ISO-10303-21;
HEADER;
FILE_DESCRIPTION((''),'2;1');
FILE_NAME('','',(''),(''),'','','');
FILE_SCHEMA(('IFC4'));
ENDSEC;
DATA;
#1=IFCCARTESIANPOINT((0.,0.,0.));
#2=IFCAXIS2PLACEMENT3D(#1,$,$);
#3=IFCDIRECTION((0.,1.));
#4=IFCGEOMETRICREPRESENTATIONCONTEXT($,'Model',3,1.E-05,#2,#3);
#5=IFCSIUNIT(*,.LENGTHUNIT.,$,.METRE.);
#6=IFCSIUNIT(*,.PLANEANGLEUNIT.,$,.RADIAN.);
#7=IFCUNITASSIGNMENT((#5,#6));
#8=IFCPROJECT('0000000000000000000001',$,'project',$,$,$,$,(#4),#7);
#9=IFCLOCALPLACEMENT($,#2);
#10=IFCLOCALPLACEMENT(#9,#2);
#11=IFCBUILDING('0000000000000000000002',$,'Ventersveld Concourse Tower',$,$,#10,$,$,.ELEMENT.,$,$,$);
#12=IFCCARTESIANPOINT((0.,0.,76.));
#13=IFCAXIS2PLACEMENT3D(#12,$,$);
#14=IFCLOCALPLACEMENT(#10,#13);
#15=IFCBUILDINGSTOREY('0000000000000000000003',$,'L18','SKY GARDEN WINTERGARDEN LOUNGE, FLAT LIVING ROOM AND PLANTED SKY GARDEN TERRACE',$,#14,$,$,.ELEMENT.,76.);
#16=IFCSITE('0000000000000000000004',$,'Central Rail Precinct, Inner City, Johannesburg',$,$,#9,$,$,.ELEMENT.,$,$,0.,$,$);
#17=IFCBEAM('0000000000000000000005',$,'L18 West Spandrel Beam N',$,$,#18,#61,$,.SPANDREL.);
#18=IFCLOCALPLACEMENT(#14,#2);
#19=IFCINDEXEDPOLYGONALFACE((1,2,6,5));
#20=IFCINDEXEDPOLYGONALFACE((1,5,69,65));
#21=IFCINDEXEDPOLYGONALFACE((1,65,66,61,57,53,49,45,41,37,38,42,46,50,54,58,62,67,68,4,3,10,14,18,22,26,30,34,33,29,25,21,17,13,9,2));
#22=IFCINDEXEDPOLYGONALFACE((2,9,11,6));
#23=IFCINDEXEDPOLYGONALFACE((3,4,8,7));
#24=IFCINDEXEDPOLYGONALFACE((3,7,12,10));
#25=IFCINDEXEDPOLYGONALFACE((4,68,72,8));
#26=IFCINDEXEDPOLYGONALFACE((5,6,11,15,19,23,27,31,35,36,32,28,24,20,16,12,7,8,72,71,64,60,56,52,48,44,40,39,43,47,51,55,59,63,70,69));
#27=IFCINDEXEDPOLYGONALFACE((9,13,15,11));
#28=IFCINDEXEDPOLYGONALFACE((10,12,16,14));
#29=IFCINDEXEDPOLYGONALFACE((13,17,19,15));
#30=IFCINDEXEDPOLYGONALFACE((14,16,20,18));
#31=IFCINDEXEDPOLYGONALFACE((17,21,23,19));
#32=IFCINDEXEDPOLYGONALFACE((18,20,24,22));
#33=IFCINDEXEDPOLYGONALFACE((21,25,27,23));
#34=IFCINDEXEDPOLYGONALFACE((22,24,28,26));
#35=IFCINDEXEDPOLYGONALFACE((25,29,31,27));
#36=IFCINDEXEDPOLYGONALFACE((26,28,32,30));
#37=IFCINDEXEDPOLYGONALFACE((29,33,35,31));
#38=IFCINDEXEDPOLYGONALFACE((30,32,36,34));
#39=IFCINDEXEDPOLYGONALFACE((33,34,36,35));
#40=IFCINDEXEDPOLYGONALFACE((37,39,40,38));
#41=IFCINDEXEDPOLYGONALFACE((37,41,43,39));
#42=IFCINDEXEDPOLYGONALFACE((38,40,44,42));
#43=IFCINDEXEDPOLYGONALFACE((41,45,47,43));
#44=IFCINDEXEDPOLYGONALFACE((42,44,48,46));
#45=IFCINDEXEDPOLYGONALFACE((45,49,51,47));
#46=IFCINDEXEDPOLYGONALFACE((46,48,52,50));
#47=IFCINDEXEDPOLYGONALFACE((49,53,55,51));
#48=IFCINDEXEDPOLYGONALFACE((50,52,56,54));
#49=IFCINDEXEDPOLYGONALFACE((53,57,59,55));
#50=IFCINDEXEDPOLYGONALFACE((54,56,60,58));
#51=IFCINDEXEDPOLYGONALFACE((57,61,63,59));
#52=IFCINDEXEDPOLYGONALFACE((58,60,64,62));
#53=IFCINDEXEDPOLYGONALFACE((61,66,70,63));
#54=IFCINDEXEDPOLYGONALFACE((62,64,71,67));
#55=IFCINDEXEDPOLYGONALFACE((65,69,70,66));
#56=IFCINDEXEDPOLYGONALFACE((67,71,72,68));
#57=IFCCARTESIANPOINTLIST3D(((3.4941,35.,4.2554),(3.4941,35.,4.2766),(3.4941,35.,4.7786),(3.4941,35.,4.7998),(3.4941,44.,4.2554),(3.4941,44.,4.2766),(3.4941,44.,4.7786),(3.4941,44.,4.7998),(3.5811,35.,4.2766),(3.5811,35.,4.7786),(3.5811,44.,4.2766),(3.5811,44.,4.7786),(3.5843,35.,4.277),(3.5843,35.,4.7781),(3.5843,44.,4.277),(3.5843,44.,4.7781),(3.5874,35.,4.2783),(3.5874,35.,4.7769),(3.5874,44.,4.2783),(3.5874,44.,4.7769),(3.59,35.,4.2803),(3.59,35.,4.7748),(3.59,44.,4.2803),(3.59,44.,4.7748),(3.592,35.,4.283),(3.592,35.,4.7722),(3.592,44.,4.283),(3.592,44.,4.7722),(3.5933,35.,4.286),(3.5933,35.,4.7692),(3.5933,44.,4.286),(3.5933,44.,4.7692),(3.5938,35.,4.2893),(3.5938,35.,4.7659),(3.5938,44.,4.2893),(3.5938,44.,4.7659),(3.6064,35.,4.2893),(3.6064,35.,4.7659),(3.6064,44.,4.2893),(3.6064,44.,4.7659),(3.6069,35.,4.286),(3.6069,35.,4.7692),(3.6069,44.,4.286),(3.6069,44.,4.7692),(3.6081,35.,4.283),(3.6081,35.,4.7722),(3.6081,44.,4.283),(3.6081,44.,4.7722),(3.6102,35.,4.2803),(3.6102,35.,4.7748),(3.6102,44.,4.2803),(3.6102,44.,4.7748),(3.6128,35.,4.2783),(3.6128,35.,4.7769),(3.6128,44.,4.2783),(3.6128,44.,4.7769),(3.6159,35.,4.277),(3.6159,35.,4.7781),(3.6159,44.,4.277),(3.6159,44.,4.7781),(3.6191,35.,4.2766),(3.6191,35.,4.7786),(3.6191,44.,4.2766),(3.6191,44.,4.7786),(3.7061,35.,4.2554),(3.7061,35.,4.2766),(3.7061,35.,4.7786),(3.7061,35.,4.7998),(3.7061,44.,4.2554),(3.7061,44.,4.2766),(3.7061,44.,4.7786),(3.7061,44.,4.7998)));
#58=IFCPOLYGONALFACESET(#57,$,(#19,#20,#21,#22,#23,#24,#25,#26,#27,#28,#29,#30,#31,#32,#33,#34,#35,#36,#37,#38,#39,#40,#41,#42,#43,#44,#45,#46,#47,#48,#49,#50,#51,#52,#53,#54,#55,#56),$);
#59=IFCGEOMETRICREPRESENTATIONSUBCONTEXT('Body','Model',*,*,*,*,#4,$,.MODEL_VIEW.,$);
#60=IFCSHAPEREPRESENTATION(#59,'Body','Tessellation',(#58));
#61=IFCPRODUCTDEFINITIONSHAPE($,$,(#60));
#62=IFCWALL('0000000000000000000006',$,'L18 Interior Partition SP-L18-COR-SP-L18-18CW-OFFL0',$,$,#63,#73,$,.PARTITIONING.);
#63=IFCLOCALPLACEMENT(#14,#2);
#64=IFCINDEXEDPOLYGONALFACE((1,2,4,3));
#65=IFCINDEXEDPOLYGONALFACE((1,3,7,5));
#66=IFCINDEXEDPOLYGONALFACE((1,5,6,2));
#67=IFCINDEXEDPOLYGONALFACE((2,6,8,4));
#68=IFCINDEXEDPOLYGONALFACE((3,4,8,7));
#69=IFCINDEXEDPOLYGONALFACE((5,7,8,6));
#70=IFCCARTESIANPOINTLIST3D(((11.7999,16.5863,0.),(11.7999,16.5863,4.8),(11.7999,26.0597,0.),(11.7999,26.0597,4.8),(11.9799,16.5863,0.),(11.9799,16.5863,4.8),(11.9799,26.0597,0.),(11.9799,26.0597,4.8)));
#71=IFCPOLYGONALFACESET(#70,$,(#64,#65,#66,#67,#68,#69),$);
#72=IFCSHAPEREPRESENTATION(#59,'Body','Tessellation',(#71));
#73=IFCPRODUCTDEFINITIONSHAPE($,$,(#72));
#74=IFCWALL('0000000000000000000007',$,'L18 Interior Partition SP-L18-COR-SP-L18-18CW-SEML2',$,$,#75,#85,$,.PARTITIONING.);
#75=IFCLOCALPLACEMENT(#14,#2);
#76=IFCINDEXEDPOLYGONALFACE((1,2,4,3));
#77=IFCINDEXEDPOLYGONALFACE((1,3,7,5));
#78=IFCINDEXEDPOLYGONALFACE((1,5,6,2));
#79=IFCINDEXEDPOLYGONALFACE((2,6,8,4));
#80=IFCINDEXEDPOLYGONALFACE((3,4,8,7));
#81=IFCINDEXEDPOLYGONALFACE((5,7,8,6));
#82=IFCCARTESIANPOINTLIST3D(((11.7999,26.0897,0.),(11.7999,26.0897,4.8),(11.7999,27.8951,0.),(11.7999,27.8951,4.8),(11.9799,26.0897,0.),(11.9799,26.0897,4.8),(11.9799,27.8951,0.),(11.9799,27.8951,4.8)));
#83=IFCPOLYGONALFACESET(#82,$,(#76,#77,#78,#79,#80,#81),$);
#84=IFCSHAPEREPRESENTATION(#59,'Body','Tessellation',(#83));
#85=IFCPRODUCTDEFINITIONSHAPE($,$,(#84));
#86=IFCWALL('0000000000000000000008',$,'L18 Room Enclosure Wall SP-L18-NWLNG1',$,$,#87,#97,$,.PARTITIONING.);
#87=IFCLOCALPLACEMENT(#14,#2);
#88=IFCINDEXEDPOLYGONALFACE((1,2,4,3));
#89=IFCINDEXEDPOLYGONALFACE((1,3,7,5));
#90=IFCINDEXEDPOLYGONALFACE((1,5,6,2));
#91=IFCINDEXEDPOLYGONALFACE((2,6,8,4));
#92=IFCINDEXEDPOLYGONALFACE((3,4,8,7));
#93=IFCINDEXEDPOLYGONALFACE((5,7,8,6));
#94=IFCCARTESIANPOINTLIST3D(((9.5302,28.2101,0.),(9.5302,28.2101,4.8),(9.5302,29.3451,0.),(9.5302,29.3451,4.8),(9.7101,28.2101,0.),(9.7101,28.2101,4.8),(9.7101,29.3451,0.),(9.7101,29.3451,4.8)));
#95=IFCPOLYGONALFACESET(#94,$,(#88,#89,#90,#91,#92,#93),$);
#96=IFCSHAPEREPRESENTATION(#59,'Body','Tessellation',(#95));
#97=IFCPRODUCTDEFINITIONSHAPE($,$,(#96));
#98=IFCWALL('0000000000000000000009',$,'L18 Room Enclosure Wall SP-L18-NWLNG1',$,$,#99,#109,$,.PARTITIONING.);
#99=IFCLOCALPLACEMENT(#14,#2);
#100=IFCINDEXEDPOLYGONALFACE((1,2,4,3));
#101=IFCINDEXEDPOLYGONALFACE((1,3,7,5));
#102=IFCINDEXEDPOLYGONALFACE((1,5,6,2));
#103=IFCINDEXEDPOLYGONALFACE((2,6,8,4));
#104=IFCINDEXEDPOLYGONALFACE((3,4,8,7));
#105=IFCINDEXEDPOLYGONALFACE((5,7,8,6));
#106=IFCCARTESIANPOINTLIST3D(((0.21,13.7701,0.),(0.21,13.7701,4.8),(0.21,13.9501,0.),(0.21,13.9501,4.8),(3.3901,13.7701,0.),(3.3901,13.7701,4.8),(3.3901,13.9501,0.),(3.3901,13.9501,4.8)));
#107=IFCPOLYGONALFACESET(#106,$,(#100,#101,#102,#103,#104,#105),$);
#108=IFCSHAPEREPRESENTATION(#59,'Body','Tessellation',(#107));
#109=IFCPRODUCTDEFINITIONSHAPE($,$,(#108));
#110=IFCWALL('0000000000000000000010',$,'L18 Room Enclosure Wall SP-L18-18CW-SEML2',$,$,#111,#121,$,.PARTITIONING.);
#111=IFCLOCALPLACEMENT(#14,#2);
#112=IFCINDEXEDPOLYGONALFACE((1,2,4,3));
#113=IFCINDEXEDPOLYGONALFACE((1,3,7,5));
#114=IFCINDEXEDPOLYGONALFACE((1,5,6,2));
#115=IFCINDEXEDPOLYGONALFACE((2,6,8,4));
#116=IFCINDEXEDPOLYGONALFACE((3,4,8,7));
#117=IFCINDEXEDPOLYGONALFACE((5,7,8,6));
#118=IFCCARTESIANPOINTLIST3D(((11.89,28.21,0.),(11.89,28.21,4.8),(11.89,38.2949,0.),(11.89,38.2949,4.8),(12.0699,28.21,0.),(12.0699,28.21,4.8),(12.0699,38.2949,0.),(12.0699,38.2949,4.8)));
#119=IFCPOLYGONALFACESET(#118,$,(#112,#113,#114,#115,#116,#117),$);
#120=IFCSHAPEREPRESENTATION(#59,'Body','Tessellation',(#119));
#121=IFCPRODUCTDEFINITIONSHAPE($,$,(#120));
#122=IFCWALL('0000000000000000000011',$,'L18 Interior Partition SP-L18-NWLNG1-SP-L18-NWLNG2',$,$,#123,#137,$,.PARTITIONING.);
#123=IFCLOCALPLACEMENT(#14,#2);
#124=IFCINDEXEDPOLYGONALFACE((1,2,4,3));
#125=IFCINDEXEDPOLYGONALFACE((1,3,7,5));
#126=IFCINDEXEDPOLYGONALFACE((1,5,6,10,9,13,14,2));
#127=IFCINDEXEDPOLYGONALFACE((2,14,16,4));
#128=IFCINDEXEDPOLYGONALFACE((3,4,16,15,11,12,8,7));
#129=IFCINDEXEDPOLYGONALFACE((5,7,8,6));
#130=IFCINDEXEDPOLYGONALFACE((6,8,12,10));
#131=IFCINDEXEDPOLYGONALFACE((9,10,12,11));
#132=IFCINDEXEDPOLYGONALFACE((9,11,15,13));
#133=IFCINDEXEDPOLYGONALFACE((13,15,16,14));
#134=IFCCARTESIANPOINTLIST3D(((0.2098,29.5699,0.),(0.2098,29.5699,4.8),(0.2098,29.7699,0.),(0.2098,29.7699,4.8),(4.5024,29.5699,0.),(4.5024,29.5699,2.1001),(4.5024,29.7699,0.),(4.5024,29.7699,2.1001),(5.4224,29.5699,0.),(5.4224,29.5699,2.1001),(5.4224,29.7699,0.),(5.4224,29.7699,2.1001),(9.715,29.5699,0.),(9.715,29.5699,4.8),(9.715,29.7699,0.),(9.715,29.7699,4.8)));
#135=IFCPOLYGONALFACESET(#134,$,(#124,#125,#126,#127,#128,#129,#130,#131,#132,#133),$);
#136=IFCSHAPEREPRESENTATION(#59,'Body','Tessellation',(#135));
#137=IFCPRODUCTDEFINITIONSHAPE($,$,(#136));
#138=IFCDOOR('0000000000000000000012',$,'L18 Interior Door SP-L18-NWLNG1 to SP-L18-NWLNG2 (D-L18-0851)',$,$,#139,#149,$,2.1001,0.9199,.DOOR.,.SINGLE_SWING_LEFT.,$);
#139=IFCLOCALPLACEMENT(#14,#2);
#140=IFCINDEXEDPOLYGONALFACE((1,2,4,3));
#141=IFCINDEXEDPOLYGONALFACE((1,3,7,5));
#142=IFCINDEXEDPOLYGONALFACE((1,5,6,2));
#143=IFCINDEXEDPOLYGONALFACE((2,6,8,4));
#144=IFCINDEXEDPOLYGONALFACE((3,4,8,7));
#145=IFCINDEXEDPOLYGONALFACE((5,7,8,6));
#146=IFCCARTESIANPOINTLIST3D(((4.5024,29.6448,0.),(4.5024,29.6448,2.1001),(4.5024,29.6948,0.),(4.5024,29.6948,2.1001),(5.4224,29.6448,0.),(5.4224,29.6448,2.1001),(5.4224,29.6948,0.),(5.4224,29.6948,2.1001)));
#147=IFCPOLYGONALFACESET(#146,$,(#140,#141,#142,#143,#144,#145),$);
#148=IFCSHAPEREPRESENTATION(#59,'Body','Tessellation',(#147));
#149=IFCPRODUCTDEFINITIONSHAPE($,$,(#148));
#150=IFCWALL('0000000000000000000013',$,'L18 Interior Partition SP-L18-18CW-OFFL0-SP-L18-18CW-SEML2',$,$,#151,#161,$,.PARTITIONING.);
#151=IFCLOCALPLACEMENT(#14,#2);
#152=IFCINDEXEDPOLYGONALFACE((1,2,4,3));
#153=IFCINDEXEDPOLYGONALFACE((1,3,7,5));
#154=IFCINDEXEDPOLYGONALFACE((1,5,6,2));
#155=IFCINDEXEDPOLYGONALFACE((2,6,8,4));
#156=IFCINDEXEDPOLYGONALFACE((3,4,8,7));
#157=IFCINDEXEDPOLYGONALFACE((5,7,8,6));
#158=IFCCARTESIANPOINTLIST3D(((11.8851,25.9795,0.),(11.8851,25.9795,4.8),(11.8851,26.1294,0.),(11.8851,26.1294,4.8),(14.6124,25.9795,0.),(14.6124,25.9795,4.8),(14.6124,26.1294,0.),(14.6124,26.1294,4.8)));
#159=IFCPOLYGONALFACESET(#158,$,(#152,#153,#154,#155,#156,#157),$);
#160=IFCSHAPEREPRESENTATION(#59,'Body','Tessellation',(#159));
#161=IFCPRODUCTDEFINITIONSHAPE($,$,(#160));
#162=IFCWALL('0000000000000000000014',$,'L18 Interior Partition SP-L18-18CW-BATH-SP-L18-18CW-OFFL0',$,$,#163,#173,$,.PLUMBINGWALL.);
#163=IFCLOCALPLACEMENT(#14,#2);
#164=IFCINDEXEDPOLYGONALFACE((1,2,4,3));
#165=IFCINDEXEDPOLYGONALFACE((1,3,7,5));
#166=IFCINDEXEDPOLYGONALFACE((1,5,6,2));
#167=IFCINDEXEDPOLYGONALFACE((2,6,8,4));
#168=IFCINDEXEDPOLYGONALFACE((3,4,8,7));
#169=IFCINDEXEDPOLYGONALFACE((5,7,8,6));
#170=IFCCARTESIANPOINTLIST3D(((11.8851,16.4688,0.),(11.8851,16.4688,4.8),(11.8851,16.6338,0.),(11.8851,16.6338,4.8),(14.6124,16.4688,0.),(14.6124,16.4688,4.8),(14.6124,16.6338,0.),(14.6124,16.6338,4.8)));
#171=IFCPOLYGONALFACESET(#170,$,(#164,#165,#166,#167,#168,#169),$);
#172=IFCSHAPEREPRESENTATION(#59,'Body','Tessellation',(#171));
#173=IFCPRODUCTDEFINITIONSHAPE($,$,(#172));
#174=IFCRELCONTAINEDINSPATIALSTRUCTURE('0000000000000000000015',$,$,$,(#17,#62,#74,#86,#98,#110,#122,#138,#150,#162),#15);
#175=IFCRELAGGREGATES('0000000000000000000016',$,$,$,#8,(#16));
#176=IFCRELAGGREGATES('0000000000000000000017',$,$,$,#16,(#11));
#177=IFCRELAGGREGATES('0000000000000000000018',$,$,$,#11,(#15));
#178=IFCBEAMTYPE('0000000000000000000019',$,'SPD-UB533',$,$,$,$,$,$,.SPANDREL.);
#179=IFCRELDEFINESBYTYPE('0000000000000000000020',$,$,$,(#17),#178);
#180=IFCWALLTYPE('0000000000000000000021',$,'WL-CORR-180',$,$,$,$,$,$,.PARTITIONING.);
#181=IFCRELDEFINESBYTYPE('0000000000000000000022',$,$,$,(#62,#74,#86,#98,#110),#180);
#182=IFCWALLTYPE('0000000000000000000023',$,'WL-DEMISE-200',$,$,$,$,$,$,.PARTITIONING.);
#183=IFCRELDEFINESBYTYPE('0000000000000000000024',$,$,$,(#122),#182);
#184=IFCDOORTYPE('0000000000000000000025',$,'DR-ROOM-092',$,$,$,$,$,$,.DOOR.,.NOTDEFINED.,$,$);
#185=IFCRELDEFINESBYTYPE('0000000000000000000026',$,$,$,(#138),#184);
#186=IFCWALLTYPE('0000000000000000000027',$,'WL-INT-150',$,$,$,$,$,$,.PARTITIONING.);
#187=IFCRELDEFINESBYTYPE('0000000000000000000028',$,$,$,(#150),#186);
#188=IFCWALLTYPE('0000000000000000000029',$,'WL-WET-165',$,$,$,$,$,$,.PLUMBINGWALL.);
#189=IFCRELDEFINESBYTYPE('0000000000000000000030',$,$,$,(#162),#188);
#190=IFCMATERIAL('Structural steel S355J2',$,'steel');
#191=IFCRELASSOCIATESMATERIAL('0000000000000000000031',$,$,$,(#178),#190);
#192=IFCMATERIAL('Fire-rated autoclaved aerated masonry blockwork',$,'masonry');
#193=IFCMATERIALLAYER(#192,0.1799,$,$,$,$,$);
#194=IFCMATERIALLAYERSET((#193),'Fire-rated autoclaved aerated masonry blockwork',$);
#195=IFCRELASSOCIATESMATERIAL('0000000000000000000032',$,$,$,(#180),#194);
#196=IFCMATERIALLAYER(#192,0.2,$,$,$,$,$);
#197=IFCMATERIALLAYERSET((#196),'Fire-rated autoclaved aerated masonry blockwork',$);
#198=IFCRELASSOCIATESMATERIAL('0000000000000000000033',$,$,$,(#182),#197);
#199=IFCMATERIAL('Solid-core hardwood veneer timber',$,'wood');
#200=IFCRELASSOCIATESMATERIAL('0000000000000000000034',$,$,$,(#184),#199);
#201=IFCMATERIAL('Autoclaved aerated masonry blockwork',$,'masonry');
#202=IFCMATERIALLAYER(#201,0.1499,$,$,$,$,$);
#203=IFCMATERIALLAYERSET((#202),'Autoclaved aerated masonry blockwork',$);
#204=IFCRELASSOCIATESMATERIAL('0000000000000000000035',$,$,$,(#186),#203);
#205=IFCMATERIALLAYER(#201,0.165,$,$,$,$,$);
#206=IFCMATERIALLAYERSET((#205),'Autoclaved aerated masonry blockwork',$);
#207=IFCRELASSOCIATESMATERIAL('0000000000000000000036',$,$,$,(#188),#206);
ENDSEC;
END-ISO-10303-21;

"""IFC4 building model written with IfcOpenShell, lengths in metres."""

from ifc_helpers import new_model, si_unit, direction, frame, frame_2d, origin, origin_2d, place, context, subcontext, project, spatial, rectangle, i_section, extrude, material, layer, layer_set, material_profile, profile_set, type_object, element, fill, save


model = new_model("IFC4")

# Units and contexts
model_context = context("Model", 3, precision=1e-05, world=origin(), true_north=direction((0.0, 1.0)))
body_context = subcontext(model_context, "Body", "Model", "MODEL_VIEW")
ifc_project = project(units=[si_unit("LENGTHUNIT", "METRE"), si_unit("PLANEANGLEUNIT", "RADIAN")], contexts=[model_context])

# Site, building, storey
site_placement = place(None, origin())
site = spatial("IfcSite", under=ifc_project, at=site_placement, Name="Central Rail Precinct, Inner City, Johannesburg", CompositionType="ELEMENT", RefElevation=0.0)
building_placement = place(site_placement, origin())
building = spatial("IfcBuilding", under=site, at=building_placement, Name="Ventersveld Concourse Tower", CompositionType="ELEMENT")
storey_placement = place(building_placement, frame((0.0, 0.0, 76.0)))
storey = spatial("IfcBuildingStorey", under=building, at=storey_placement, Name="L18", Description="SKY GARDEN WINTERGARDEN LOUNGE, FLAT LIVING ROOM AND PLANTED SKY GARDEN TERRACE", CompositionType="ELEMENT", Elevation=76.0)

# Beam
ifc_material_1 = material(Name="Structural steel S355J2", Category="steel")
ifc_material_profile_1 = material_profile(ifc_material_1, i_section(OverallWidth=0.2119, OverallDepth=0.5444, WebThickness=0.0127, FlangeThickness=0.0212, FilletRadius=0.0127, at=origin_2d()), Name="UB 533x210x122")
ifc_profile_set_1 = profile_set([ifc_material_profile_1], Name="Structural steel S355J2")
beam_type_1 = type_object("IfcBeamType", Name="SPD-UB533", PredefinedType="SPANDREL", material=ifc_profile_set_1)
beam_1_placement = place(storey_placement, frame((3.6001, 35.0, 4.5276), z_axis=(0.0, 1.0, 0.0), x_axis=(-1.0, 0.0, 0.0)))
element("IfcBeam", 1, at=beam_1_placement, inside=storey, type_object=beam_type_1, Name="L18 West Spandrel Beam N", PredefinedType="SPANDREL", context=body_context, shape_type="SweptSolid", body=[
    extrude(i_section(OverallWidth=0.2119, OverallDepth=0.5444, WebThickness=0.0127, FlangeThickness=0.0212, FilletRadius=0.0127, at=origin_2d()), origin(), (0.0, 0.0, 1.0), 9.0),
])

# Walls
ifc_material_2 = material(Name="Fire-rated autoclaved aerated masonry blockwork", Category="masonry")
ifc_layer_1 = layer(ifc_material_2, 0.1799)
ifc_layer_set_1 = layer_set([ifc_layer_1], Name="Fire-rated autoclaved aerated masonry blockwork")
wall_type_1 = type_object("IfcWallType", Name="WL-CORR-180", PredefinedType="PARTITIONING", material=ifc_layer_set_1)
wall_1_placement = place(storey_placement, frame((11.8899, 16.5862, 0.0), z_axis=(0.0, 0.0, 1.0), x_axis=(0.0, 1.0, 0.0)))
element("IfcWall", 2, at=wall_1_placement, inside=storey, type_object=wall_type_1, Name="L18 Interior Partition SP-L18-COR-SP-L18-18CW-OFFL0", PredefinedType="PARTITIONING", context=body_context, shape_type="SweptSolid", body=[
    extrude(rectangle(XDim=9.4734, YDim=0.1799, at=frame_2d((4.7368, 0.0))), origin(), (0.0, 0.0, 1.0), 4.8),
])
wall_2_placement = place(storey_placement, frame((11.8899, 26.0896, 0.0), z_axis=(0.0, 0.0, 1.0), x_axis=(0.0, 1.0, 0.0)))
element("IfcWall", 3, at=wall_2_placement, inside=storey, type_object=wall_type_1, Name="L18 Interior Partition SP-L18-COR-SP-L18-18CW-SEML2", PredefinedType="PARTITIONING", context=body_context, shape_type="SweptSolid", body=[
    extrude(rectangle(XDim=1.8054, YDim=0.1799, at=frame_2d((0.9028, 0.0))), origin(), (0.0, 0.0, 1.0), 4.8),
])
wall_3_placement = place(storey_placement, frame((9.6201, 29.345, 0.0), z_axis=(0.0, 0.0, 1.0), x_axis=(0.0, -1.0, 0.0)))
element("IfcWall", 4, at=wall_3_placement, inside=storey, type_object=wall_type_1, Name="L18 Room Enclosure Wall SP-L18-NWLNG1", PredefinedType="PARTITIONING", context=body_context, shape_type="SweptSolid", body=[
    extrude(rectangle(XDim=1.135, YDim=0.1799, at=frame_2d((0.5674, 0.0))), origin(), (0.0, 0.0, 1.0), 4.8),
])
wall_4_placement = place(storey_placement, frame((3.3901, 13.8601, 0.0), z_axis=(0.0, 0.0, 1.0), x_axis=(-1.0, 0.0, 0.0)))
element("IfcWall", 5, at=wall_4_placement, inside=storey, type_object=wall_type_1, Name="L18 Room Enclosure Wall SP-L18-NWLNG1", PredefinedType="PARTITIONING", context=body_context, shape_type="SweptSolid", body=[
    extrude(rectangle(XDim=3.1802, YDim=0.1799, at=frame_2d((1.5901, 0.0))), origin(), (0.0, 0.0, 1.0), 4.8),
])
wall_5_placement = place(storey_placement, frame((11.98, 28.21, 0.0), z_axis=(0.0, 0.0, 1.0), x_axis=(0.0, 1.0, 0.0)))
element("IfcWall", 6, at=wall_5_placement, inside=storey, type_object=wall_type_1, Name="L18 Room Enclosure Wall SP-L18-18CW-SEML2", PredefinedType="PARTITIONING", context=body_context, shape_type="SweptSolid", body=[
    extrude(rectangle(XDim=10.085, YDim=0.1799, at=frame_2d((5.0425, 0.0))), origin(), (0.0, 0.0, 1.0), 4.8),
])

# Wall, opening, door
ifc_layer_2 = layer(ifc_material_2, 0.2)
ifc_layer_set_2 = layer_set([ifc_layer_2], Name="Fire-rated autoclaved aerated masonry blockwork")
wall_type_2 = type_object("IfcWallType", Name="WL-DEMISE-200", PredefinedType="PARTITIONING", material=ifc_layer_set_2)
wall_6_placement = place(storey_placement, frame((0.21, 29.6699, 0.0), z_axis=(0.0, 0.0, 1.0), x_axis=(1.0, 0.0, 0.0)))
wall_6 = element("IfcWall", 7, at=wall_6_placement, inside=storey, type_object=wall_type_2, Name="L18 Interior Partition SP-L18-NWLNG1-SP-L18-NWLNG2", PredefinedType="PARTITIONING", context=body_context, shape_type="SweptSolid", body=[
    extrude(rectangle(XDim=9.5051, YDim=0.2, at=frame_2d((4.7524, 0.0))), origin(), (0.0, 0.0, 1.0), 4.8),
])
opening_placement = place(wall_6_placement, frame((4.2925, 0.0, 0.0)))
opening = element("IfcOpeningElement", 8, at=opening_placement, cuts=wall_6, PredefinedType="OPENING", context=body_context, shape_type="SweptSolid", body=[
    extrude(rectangle(XDim=0.9199, YDim=2.1001, at=frame_2d((0.46, 1.05))), frame((0.0, 0.1099, 0.0), z_axis=(0.0, -1.0, 0.0), x_axis=(1.0, 0.0, 0.0)), (0.0, 0.0, 1.0), 0.22),
])
ifc_material_3 = material(Name="Solid-core hardwood veneer timber", Category="wood")
door_type = type_object("IfcDoorType", Name="DR-ROOM-092", OperationType="NOTDEFINED", PredefinedType="DOOR", material=ifc_material_3)
door_placement = place(opening_placement, origin())
door = element("IfcDoor", 9, at=door_placement, inside=storey, type_object=door_type, Name="L18 Interior Door SP-L18-NWLNG1 to SP-L18-NWLNG2 (D-L18-0851)", OperationType="SINGLE_SWING_LEFT", OverallHeight=2.1001, OverallWidth=0.9199, PredefinedType="DOOR", context=body_context, shape_type="SweptSolid", body=[
    extrude(rectangle(XDim=0.9199, YDim=2.1001, at=frame_2d((0.46, 1.05))), frame((0.0, 0.0249, 0.0), z_axis=(0.0, -1.0, 0.0), x_axis=(1.0, 0.0, 0.0)), (0.0, 0.0, 1.0), 0.05),
])
fill(opening, door)

# Walls
ifc_material_4 = material(Name="Autoclaved aerated masonry blockwork", Category="masonry")
ifc_layer_3 = layer(ifc_material_4, 0.1499)
ifc_layer_set_3 = layer_set([ifc_layer_3], Name="Autoclaved aerated masonry blockwork")
wall_type_3 = type_object("IfcWallType", Name="WL-INT-150", PredefinedType="PARTITIONING", material=ifc_layer_set_3)
wall_7_placement = place(storey_placement, frame((11.885, 26.0544, 0.0), z_axis=(0.0, 0.0, 1.0), x_axis=(1.0, 0.0, 0.0)))
element("IfcWall", 10, at=wall_7_placement, inside=storey, type_object=wall_type_3, Name="L18 Interior Partition SP-L18-18CW-OFFL0-SP-L18-18CW-SEML2", PredefinedType="PARTITIONING", context=body_context, shape_type="SweptSolid", body=[
    extrude(rectangle(XDim=2.7273, YDim=0.1499, at=frame_2d((1.3638, 0.0))), origin(), (0.0, 0.0, 1.0), 4.8),
])
ifc_layer_4 = layer(ifc_material_4, 0.165)
ifc_layer_set_4 = layer_set([ifc_layer_4], Name="Autoclaved aerated masonry blockwork")
wall_type_4 = type_object("IfcWallType", Name="WL-WET-165", PredefinedType="PLUMBINGWALL", material=ifc_layer_set_4)
wall_8_placement = place(storey_placement, frame((11.885, 16.5513, 0.0), z_axis=(0.0, 0.0, 1.0), x_axis=(1.0, 0.0, 0.0)))
element("IfcWall", 11, at=wall_8_placement, inside=storey, type_object=wall_type_4, Name="L18 Interior Partition SP-L18-18CW-BATH-SP-L18-18CW-OFFL0", PredefinedType="PLUMBINGWALL", context=body_context, shape_type="SweptSolid", body=[
    extrude(rectangle(XDim=2.7273, YDim=0.165, at=frame_2d((1.3638, 0.0))), origin(), (0.0, 0.0, 1.0), 4.8),
])

save(model, "model.ifc")
